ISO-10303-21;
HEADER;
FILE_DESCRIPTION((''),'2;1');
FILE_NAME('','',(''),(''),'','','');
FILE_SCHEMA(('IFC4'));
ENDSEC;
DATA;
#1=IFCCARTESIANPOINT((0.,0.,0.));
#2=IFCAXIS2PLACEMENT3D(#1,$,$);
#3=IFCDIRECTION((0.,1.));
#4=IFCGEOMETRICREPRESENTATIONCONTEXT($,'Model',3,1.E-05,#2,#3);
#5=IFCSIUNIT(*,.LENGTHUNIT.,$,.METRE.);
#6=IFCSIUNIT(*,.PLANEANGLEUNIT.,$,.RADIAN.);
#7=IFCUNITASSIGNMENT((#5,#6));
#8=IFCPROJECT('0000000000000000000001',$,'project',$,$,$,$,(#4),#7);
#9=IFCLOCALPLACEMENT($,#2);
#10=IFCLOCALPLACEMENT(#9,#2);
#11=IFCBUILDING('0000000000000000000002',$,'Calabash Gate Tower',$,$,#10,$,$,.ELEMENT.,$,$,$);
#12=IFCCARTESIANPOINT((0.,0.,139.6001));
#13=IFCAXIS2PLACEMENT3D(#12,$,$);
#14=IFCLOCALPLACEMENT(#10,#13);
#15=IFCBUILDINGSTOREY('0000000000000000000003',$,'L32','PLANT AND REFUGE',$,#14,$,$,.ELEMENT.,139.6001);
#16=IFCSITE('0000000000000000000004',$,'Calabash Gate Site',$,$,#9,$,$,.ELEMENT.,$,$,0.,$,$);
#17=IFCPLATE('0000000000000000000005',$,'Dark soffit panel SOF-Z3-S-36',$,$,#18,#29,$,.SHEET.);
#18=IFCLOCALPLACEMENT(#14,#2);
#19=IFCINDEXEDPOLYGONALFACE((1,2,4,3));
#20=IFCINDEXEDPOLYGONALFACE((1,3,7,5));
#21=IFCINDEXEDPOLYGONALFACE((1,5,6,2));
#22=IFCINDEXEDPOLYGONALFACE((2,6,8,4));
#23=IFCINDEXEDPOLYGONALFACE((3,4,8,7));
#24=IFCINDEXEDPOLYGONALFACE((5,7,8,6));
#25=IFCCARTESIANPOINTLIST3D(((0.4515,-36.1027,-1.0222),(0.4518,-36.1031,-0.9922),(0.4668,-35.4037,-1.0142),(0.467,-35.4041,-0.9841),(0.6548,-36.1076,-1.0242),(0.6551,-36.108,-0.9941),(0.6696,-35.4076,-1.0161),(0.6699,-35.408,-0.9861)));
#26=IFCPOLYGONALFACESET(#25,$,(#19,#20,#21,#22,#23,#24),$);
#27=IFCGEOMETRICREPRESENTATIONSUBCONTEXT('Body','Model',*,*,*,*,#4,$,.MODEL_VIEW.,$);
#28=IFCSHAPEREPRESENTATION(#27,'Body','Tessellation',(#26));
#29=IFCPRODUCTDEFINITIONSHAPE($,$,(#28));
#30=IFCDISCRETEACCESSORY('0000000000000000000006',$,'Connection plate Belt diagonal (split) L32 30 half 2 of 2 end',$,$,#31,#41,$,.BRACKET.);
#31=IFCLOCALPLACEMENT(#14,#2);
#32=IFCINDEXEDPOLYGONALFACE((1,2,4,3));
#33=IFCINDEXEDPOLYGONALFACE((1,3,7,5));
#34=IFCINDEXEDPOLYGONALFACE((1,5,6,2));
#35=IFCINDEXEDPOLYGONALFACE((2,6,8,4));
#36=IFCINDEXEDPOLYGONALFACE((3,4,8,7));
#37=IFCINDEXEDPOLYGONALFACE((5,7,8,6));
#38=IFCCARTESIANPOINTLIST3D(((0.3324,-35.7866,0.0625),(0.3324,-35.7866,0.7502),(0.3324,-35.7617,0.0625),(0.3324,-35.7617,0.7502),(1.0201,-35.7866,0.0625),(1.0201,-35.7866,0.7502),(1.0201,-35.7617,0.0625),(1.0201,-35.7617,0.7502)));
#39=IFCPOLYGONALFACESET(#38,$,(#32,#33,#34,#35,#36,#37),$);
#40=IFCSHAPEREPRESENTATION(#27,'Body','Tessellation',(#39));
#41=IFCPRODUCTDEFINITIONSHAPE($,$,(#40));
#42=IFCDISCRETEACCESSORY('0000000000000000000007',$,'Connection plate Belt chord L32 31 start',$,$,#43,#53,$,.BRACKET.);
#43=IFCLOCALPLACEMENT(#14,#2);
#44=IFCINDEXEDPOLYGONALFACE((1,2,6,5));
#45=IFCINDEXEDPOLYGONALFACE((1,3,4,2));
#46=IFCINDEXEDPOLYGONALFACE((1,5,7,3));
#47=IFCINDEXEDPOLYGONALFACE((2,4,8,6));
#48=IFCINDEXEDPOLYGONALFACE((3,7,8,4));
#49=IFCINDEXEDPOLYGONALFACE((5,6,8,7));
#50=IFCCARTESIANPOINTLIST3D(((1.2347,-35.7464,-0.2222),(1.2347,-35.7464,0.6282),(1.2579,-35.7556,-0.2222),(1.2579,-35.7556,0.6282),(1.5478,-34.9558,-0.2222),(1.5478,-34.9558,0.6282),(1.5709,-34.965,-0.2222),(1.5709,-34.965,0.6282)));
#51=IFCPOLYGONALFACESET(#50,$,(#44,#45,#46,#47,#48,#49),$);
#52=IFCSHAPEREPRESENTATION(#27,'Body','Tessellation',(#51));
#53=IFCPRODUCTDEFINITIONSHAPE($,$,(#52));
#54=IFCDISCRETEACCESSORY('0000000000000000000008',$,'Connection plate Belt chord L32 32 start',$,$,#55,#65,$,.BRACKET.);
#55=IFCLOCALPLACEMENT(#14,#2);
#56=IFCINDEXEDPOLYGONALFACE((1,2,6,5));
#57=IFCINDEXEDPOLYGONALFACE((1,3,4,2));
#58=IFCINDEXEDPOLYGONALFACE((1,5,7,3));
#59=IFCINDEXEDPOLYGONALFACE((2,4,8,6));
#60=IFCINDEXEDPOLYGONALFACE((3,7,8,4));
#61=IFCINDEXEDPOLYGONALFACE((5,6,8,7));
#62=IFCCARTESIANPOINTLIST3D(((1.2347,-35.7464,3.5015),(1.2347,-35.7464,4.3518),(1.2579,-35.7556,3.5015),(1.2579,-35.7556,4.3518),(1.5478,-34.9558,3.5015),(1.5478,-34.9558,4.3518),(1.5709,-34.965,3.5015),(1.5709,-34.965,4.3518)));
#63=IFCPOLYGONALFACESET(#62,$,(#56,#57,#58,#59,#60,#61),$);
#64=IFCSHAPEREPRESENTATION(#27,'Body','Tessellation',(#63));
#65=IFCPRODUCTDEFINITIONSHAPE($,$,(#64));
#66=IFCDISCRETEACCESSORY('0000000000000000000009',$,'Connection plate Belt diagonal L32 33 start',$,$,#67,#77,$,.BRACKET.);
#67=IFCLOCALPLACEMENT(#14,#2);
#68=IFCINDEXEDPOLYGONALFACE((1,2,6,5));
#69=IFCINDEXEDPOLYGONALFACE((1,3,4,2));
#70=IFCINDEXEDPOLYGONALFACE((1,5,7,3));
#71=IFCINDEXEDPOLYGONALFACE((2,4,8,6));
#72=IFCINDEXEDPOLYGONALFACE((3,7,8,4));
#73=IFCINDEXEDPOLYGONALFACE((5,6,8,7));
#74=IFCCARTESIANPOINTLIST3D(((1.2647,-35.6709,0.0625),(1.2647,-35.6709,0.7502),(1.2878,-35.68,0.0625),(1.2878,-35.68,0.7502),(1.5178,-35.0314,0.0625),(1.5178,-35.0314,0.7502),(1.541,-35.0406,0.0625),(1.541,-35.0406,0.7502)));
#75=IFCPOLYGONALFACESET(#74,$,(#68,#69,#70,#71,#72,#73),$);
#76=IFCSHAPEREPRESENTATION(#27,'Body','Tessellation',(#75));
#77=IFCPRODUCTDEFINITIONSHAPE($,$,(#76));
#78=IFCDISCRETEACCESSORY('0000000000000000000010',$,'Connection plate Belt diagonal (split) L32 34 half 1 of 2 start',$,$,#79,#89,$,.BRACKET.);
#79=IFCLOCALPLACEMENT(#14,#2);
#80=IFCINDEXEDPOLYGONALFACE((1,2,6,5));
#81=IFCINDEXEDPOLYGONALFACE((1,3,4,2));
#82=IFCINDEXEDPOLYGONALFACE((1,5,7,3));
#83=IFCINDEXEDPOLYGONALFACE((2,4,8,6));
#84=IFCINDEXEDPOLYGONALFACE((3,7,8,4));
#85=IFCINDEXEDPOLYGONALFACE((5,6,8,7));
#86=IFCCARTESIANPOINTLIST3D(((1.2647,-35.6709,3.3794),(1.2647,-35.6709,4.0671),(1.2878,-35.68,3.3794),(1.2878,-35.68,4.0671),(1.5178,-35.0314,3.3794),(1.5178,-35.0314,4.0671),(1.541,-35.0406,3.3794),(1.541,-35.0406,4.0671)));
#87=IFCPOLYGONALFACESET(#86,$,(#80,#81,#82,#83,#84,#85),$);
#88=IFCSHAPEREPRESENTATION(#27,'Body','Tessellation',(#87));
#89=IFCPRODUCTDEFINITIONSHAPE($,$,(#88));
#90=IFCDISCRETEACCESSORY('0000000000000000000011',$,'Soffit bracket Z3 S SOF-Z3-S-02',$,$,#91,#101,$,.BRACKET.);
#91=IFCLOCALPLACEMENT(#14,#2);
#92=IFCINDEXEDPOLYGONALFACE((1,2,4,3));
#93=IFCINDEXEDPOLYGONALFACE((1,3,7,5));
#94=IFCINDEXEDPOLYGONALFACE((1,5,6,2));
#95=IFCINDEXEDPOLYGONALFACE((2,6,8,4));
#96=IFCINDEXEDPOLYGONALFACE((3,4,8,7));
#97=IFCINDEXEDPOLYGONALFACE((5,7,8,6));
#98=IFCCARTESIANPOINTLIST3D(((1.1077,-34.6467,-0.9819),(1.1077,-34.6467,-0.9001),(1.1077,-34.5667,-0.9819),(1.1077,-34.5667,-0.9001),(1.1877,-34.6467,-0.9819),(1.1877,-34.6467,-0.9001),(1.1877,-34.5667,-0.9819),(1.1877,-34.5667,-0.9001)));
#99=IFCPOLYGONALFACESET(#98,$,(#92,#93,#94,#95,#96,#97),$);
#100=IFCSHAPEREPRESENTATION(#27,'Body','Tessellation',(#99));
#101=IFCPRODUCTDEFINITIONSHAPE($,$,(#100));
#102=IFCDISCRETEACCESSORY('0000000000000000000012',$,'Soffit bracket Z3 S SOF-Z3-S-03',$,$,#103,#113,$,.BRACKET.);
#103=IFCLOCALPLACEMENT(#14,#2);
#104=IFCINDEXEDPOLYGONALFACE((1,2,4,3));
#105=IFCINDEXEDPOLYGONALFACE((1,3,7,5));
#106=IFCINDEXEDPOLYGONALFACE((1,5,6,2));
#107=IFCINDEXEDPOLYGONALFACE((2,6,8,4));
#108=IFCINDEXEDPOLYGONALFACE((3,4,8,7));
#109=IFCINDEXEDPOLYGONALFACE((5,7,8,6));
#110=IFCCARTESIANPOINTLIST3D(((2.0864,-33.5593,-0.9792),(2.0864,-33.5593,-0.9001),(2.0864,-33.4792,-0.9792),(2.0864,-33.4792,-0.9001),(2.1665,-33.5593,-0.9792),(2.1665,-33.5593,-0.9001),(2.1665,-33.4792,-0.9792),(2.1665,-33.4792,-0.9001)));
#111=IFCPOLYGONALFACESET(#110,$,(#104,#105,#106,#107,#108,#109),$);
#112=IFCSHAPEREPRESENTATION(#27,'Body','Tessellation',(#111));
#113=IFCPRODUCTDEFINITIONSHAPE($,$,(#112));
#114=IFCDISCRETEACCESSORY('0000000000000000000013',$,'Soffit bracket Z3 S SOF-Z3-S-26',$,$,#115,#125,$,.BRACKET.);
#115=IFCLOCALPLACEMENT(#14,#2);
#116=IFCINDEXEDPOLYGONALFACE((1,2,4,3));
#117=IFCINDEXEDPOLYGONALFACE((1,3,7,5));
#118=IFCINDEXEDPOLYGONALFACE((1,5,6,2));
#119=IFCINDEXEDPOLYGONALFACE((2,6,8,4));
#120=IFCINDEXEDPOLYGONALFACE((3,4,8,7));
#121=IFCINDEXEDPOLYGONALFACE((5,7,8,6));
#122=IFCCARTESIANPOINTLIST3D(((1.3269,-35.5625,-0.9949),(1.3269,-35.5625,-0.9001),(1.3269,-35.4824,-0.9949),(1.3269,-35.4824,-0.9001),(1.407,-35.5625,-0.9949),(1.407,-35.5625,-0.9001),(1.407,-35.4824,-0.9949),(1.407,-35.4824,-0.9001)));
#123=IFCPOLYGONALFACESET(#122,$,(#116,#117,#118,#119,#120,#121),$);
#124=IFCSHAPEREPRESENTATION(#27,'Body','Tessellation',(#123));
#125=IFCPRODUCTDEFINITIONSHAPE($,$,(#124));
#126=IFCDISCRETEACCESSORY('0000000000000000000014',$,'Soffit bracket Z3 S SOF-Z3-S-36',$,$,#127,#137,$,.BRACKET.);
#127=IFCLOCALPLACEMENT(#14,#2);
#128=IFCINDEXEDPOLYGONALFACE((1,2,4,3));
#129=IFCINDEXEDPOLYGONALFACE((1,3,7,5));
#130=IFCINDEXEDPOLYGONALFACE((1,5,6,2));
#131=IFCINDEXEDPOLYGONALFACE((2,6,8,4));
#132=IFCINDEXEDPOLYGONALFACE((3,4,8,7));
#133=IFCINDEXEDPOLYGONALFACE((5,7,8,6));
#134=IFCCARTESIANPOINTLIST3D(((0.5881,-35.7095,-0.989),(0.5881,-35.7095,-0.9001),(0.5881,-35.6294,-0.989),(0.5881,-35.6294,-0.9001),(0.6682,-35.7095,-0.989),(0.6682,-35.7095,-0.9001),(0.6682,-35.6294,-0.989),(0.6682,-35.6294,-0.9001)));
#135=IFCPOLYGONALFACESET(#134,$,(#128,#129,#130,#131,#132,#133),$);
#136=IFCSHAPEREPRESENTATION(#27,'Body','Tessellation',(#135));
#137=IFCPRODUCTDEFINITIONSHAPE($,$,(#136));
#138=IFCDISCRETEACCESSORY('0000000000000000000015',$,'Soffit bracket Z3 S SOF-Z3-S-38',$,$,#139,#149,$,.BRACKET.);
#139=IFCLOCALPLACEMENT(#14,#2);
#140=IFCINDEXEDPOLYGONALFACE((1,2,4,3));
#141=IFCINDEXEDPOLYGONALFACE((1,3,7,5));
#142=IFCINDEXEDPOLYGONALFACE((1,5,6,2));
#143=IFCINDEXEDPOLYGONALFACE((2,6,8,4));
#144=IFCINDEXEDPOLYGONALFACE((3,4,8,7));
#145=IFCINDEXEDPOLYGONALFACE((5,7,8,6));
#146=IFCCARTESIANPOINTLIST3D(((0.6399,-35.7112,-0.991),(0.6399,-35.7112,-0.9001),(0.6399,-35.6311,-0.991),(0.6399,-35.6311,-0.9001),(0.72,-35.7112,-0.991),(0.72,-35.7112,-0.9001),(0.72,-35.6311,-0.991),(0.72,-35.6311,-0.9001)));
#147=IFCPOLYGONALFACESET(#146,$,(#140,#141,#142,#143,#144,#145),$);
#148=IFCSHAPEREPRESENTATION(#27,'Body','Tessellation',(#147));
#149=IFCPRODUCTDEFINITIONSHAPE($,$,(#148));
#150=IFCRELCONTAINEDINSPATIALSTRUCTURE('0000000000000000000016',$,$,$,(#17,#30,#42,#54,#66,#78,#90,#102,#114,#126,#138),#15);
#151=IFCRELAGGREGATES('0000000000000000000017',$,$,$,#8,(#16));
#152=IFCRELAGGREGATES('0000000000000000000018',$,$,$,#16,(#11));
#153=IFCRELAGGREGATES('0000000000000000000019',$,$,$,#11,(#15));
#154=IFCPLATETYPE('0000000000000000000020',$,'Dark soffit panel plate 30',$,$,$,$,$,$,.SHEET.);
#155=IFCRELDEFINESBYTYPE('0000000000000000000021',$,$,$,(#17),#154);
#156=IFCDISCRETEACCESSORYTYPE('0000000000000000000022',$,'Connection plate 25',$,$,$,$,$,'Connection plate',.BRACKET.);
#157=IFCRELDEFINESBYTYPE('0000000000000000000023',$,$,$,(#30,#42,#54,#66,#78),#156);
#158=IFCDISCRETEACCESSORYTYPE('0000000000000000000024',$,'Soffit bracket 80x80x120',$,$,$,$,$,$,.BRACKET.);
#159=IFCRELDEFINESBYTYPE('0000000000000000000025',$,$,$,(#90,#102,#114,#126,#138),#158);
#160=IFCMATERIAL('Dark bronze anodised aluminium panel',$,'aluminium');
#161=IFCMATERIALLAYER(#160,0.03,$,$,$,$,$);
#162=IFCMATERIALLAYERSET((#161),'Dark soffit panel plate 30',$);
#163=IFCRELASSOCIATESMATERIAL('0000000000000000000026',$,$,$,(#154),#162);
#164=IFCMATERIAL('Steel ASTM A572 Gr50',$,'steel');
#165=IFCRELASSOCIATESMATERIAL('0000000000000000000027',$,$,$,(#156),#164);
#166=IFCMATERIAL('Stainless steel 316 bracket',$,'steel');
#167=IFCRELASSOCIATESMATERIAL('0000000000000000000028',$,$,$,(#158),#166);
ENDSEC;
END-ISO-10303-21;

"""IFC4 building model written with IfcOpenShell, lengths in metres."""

from ifc_helpers import new_model, si_unit, direction, frame, origin, origin_2d, place, context, subcontext, project, spatial, polyline, rectangle, outline, extrude, material, layer, layer_set, type_object, element, save


model = new_model("IFC4")

# Units and contexts
model_context = context("Model", 3, precision=1e-05, world=origin(), true_north=direction((0.0, 1.0)))
body_context = subcontext(model_context, "Body", "Model", "MODEL_VIEW")
ifc_project = project(units=[si_unit("LENGTHUNIT", "METRE"), si_unit("PLANEANGLEUNIT", "RADIAN")], contexts=[model_context])

# Site, building, storey
site_placement = place(None, origin())
site = spatial("IfcSite", under=ifc_project, at=site_placement, Name="Calabash Gate Site", CompositionType="ELEMENT", RefElevation=0.0)
building_placement = place(site_placement, origin())
building = spatial("IfcBuilding", under=site, at=building_placement, Name="Calabash Gate Tower", CompositionType="ELEMENT")
storey_placement = place(building_placement, frame((0.0, 0.0, 139.6001)))
storey = spatial("IfcBuildingStorey", under=building, at=storey_placement, Name="L32", Description="PLANT AND REFUGE", CompositionType="ELEMENT", Elevation=139.6001)

# Plate
ifc_material_1 = material(Name="Dark bronze anodised aluminium panel", Category="aluminium")
ifc_layer_1 = layer(ifc_material_1, 0.03)
ifc_layer_set_1 = layer_set([ifc_layer_1], Name="Dark soffit panel plate 30")
plate_type_1 = type_object("IfcPlateType", Name="Dark soffit panel plate 30", PredefinedType="SHEET", material=ifc_layer_set_1)
plate_1_placement = place(storey_placement, frame((0.467, -35.4041, -0.9841), z_axis=(0.009366, -0.011718, 0.999887), x_axis=(0.999769, -0.01925, -0.009591)))
element("IfcPlate", 1, at=plate_1_placement, inside=storey, type_object=plate_type_1, Name="Dark soffit panel SOF-Z3-S-36", PredefinedType="SHEET", context=body_context, shape_type="SweptSolid", body=[
    extrude(outline(polyline([(0.0, 0.0), (0.2029, 0.0), (0.2017, -0.7002), (-0.0017, -0.6992), (0.0, 0.0)])), origin(), (0.0, 0.0, -1.0), 0.03),
])

# Discrete accessories
ifc_material_2 = material(Name="Steel ASTM A572 Gr50", Category="steel")
discrete_accessory_type_1 = type_object("IfcDiscreteAccessoryType", Name="Connection plate 25", ElementType="Connection plate", PredefinedType="BRACKET", material=ifc_material_2)
discrete_accessory_1_placement = place(storey_placement, frame((0.6763, -35.7742, 0.0625), z_axis=(0.0, 0.0, 1.0), x_axis=(1.0, 0.0, 0.0)))
element("IfcDiscreteAccessory", 2, at=discrete_accessory_1_placement, inside=storey, type_object=discrete_accessory_type_1, Name="Connection plate Belt diagonal (split) L32 30 half 2 of 2 end", PredefinedType="BRACKET", context=body_context, shape_type="SweptSolid", body=[
    extrude(rectangle(XDim=0.6877, YDim=0.0249, at=origin_2d()), origin(), (0.0, 0.0, 1.0), 0.6877),
])
for number, where, z_axis, x_axis, name in (
    (3, (1.4028, -35.3557, -0.2222), (0.0, 0.0, 1.0), (0.368137, 0.929771, 0.0), "Connection plate Belt chord L32 31 start"),
    (4, (1.4028, -35.3557, 3.5015), (0.0, 0.0, 1.0), (0.368137, 0.929771, 0.0), "Connection plate Belt chord L32 32 start"),
):
    element("IfcDiscreteAccessory", number, at=place(storey_placement, frame(where, z_axis=z_axis, x_axis=x_axis)), inside=storey, type_object=discrete_accessory_type_1, Name=name, PredefinedType="BRACKET", context=body_context, shape_type="SweptSolid", body=[
        extrude(rectangle(XDim=0.8503, YDim=0.0249, at=origin_2d()), origin(), (0.0, 0.0, 1.0), 0.8503),
    ])
for number, where, z_axis, x_axis, name in (
    (5, (1.4028, -35.3557, 0.0625), (0.0, 0.0, 1.0), (0.368137, 0.929771, 0.0), "Connection plate Belt diagonal L32 33 start"),
    (6, (1.4028, -35.3557, 3.3794), (0.0, 0.0, 1.0), (0.368137, 0.929771, 0.0), "Connection plate Belt diagonal (split) L32 34 half 1 of 2 start"),
):
    element("IfcDiscreteAccessory", number, at=place(storey_placement, frame(where, z_axis=z_axis, x_axis=x_axis)), inside=storey, type_object=discrete_accessory_type_1, Name=name, PredefinedType="BRACKET", context=body_context, shape_type="SweptSolid", body=[
        extrude(rectangle(XDim=0.6877, YDim=0.0249, at=origin_2d()), origin(), (0.0, 0.0, 1.0), 0.6877),
    ])
ifc_material_3 = material(Name="Stainless steel 316 bracket", Category="steel")
discrete_accessory_type_2 = type_object("IfcDiscreteAccessoryType", Name="Soffit bracket 80x80x120", PredefinedType="BRACKET", material=ifc_material_3)
discrete_accessory_2_placement = place(storey_placement, frame((1.1477, -34.6067, -0.9819), z_axis=(0.0, 0.0, 1.0), x_axis=(1.0, 0.0, 0.0)))
element("IfcDiscreteAccessory", 7, at=discrete_accessory_2_placement, inside=storey, type_object=discrete_accessory_type_2, Name="Soffit bracket Z3 S SOF-Z3-S-02", PredefinedType="BRACKET", context=body_context, shape_type="SweptSolid", body=[
    extrude(rectangle(XDim=0.0801, YDim=0.0801, at=origin_2d()), origin(), (0.0, 0.0, 1.0), 0.0818),
])
discrete_accessory_3_placement = place(storey_placement, frame((2.1265, -33.5193, -0.9792), z_axis=(0.0, 0.0, 1.0), x_axis=(1.0, 0.0, 0.0)))
element("IfcDiscreteAccessory", 8, at=discrete_accessory_3_placement, inside=storey, type_object=discrete_accessory_type_2, Name="Soffit bracket Z3 S SOF-Z3-S-03", PredefinedType="BRACKET", context=body_context, shape_type="SweptSolid", body=[
    extrude(rectangle(XDim=0.0801, YDim=0.0801, at=origin_2d()), origin(), (0.0, 0.0, 1.0), 0.0791),
])
discrete_accessory_4_placement = place(storey_placement, frame((1.3669, -35.5225, -0.9949), z_axis=(0.0, 0.0, 1.0), x_axis=(1.0, 0.0, 0.0)))
element("IfcDiscreteAccessory", 9, at=discrete_accessory_4_placement, inside=storey, type_object=discrete_accessory_type_2, Name="Soffit bracket Z3 S SOF-Z3-S-26", PredefinedType="BRACKET", context=body_context, shape_type="SweptSolid", body=[
    extrude(rectangle(XDim=0.0801, YDim=0.0801, at=origin_2d()), origin(), (0.0, 0.0, 1.0), 0.0947),
])
discrete_accessory_5_placement = place(storey_placement, frame((0.6282, -35.6694, -0.989), z_axis=(0.0, 0.0, 1.0), x_axis=(1.0, 0.0, 0.0)))
element("IfcDiscreteAccessory", 10, at=discrete_accessory_5_placement, inside=storey, type_object=discrete_accessory_type_2, Name="Soffit bracket Z3 S SOF-Z3-S-36", PredefinedType="BRACKET", context=body_context, shape_type="SweptSolid", body=[
    extrude(rectangle(XDim=0.0801, YDim=0.0801, at=origin_2d()), origin(), (0.0, 0.0, 1.0), 0.0889),
])
discrete_accessory_6_placement = place(storey_placement, frame((0.6799, -35.6711, -0.991), z_axis=(0.0, 0.0, 1.0), x_axis=(1.0, 0.0, 0.0)))
element("IfcDiscreteAccessory", 11, at=discrete_accessory_6_placement, inside=storey, type_object=discrete_accessory_type_2, Name="Soffit bracket Z3 S SOF-Z3-S-38", PredefinedType="BRACKET", context=body_context, shape_type="SweptSolid", body=[
    extrude(rectangle(XDim=0.0801, YDim=0.0801, at=origin_2d()), origin(), (0.0, 0.0, 1.0), 0.0908),
])

save(model, "model.ifc")
